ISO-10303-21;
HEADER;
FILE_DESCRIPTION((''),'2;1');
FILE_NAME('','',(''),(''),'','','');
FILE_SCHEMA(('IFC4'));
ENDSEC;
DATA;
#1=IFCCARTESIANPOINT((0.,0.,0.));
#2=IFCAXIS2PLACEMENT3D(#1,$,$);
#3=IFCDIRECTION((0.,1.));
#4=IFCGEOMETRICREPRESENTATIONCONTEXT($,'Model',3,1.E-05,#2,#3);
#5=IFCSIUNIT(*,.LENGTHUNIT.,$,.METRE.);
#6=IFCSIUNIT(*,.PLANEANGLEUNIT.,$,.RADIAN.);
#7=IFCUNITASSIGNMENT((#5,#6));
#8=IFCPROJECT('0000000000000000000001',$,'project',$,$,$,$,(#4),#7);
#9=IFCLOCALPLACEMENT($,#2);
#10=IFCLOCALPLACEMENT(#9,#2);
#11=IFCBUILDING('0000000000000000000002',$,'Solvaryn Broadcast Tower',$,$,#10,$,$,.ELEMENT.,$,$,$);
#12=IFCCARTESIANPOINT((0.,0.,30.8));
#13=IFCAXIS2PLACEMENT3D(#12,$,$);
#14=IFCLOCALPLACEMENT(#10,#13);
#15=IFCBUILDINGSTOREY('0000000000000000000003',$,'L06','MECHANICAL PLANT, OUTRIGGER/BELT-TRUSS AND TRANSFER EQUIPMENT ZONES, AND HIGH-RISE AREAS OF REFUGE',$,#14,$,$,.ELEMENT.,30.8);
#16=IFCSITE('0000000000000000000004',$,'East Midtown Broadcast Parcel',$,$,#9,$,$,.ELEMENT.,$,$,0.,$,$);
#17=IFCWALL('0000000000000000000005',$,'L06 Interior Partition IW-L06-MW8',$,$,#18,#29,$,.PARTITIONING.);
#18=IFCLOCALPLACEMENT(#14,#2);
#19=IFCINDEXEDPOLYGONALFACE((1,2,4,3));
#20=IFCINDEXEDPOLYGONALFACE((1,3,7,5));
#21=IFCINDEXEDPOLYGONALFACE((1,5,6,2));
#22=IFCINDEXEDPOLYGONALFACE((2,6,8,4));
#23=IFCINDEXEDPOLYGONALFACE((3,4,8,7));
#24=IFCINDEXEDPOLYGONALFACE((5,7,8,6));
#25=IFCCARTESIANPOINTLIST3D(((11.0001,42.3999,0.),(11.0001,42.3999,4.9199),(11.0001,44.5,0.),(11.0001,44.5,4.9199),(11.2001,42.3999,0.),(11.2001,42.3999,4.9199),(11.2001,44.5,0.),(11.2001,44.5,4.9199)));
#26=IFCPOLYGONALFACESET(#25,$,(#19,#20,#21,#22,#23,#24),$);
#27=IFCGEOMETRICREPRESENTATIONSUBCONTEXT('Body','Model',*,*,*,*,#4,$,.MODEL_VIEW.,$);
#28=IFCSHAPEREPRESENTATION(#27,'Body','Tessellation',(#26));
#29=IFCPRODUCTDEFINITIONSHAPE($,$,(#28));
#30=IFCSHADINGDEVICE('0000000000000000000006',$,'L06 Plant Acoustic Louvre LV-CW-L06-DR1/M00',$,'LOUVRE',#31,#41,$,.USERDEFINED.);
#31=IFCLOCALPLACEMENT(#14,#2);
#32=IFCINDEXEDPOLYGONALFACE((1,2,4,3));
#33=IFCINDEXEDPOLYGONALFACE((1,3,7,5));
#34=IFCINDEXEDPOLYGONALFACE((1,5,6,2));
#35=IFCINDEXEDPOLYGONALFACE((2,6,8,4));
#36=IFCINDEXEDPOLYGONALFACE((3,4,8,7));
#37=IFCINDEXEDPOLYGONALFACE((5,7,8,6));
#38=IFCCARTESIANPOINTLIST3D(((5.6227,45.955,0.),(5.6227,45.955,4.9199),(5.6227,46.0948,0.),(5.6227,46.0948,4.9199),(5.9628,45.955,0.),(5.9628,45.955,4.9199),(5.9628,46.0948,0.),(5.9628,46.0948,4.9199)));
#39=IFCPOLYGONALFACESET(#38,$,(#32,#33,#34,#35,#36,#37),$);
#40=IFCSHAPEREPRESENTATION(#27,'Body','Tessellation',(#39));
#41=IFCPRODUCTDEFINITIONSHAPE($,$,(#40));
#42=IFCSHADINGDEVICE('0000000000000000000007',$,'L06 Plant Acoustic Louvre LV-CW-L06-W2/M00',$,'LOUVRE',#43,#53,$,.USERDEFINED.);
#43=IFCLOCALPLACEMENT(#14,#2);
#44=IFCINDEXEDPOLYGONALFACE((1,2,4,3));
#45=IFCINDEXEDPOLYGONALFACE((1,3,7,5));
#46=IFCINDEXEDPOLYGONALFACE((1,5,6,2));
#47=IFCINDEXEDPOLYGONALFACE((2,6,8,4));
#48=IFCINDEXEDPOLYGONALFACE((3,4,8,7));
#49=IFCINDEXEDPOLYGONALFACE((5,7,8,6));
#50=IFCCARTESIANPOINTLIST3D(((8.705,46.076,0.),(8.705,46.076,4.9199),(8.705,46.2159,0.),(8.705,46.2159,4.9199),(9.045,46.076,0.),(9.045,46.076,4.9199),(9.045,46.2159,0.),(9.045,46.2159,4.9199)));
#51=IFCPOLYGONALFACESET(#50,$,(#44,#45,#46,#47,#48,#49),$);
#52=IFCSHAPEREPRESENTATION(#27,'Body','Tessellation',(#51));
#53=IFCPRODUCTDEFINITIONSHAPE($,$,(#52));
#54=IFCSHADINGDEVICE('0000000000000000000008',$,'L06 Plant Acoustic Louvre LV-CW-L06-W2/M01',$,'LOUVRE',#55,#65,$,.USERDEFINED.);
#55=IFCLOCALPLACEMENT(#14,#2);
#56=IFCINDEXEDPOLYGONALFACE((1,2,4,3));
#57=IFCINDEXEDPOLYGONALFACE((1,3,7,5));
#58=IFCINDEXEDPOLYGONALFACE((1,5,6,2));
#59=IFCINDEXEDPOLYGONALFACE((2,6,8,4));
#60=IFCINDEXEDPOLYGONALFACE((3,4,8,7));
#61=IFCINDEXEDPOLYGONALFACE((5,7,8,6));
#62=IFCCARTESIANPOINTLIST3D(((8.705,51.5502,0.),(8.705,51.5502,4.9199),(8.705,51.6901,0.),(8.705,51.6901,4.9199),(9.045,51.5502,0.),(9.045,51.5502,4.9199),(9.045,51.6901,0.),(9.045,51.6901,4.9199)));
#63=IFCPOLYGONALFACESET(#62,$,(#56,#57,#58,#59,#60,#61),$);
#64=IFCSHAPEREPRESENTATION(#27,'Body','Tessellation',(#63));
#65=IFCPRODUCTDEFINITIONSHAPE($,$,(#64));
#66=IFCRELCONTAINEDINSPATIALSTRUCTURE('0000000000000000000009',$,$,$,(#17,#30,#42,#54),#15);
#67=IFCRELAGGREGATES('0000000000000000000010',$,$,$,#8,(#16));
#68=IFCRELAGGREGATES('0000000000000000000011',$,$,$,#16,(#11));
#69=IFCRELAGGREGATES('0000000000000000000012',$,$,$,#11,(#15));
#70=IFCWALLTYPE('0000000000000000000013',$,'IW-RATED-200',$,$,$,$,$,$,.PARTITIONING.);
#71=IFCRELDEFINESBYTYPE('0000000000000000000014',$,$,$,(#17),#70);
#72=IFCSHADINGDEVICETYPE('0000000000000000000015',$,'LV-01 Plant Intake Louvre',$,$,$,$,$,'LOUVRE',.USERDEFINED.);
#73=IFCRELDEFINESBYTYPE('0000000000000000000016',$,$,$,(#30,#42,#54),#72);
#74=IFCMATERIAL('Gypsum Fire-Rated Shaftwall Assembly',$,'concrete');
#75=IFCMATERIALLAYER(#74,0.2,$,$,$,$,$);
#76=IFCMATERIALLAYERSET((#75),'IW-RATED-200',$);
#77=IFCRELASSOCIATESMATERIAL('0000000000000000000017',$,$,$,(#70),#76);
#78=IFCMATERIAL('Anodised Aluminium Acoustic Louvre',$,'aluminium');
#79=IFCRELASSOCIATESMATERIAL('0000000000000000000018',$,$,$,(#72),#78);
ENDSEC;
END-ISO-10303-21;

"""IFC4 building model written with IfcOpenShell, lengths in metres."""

from ifc_helpers import new_model, si_unit, direction, frame, frame_2d, origin, origin_2d, place, context, subcontext, project, spatial, rectangle, extrude, material, layer, layer_set, type_object, element, save


model = new_model("IFC4")

# Units and contexts
model_context = context("Model", 3, precision=1e-05, world=origin(), true_north=direction((0.0, 1.0)))
body_context = subcontext(model_context, "Body", "Model", "MODEL_VIEW")
ifc_project = project(units=[si_unit("LENGTHUNIT", "METRE"), si_unit("PLANEANGLEUNIT", "RADIAN")], contexts=[model_context])

# Site, building, storey
site_placement = place(None, origin())
site = spatial("IfcSite", under=ifc_project, at=site_placement, Name="East Midtown Broadcast Parcel", CompositionType="ELEMENT", RefElevation=0.0)
building_placement = place(site_placement, origin())
building = spatial("IfcBuilding", under=site, at=building_placement, Name="Solvaryn Broadcast Tower", CompositionType="ELEMENT")
storey_placement = place(building_placement, frame((0.0, 0.0, 30.8)))
storey = spatial("IfcBuildingStorey", under=building, at=storey_placement, Name="L06", Description="MECHANICAL PLANT, OUTRIGGER/BELT-TRUSS AND TRANSFER EQUIPMENT ZONES, AND HIGH-RISE AREAS OF REFUGE", CompositionType="ELEMENT", Elevation=30.8)

# Wall
ifc_material_1 = material(Name="Gypsum Fire-Rated Shaftwall Assembly", Category="concrete")
ifc_layer_1 = layer(ifc_material_1, 0.2)
ifc_layer_set_1 = layer_set([ifc_layer_1], Name="IW-RATED-200")
wall_type_1 = type_object("IfcWallType", Name="IW-RATED-200", PredefinedType="PARTITIONING", material=ifc_layer_set_1)
wall_1_placement = place(storey_placement, frame((11.1001, 42.3999, 0.0), z_axis=(0.0, 0.0, 1.0), x_axis=(0.0, 1.0, 0.0)))
element("IfcWall", 1, at=wall_1_placement, inside=storey, type_object=wall_type_1, Name="L06 Interior Partition IW-L06-MW8", PredefinedType="PARTITIONING", context=body_context, shape_type="SweptSolid", body=[
    extrude(rectangle(XDim=2.1001, YDim=0.2, at=frame_2d((1.05, 0.0))), origin(), (0.0, 0.0, 1.0), 4.9199),
])

# Shading devices
ifc_material_2 = material(Name="Anodised Aluminium Acoustic Louvre", Category="aluminium")
shading_device_type = type_object("IfcShadingDeviceType", Name="LV-01 Plant Intake Louvre", ElementType="LOUVRE", PredefinedType="USERDEFINED", material=ifc_material_2)
for number, where, z_axis, x_axis, name in (
    (2, (5.7927, 46.0249, 0.0), (0.0, 0.0, 1.0), (1.0, 0.0, 0.0), "L06 Plant Acoustic Louvre LV-CW-L06-DR1/M00"),
    (3, (8.875, 46.146, 0.0), (0.0, 0.0, 1.0), (1.0, 0.0, 0.0), "L06 Plant Acoustic Louvre LV-CW-L06-W2/M00"),
    (4, (8.875, 51.6201, 0.0), (0.0, 0.0, 1.0), (1.0, 0.0, 0.0), "L06 Plant Acoustic Louvre LV-CW-L06-W2/M01"),
):
    element("IfcShadingDevice", number, at=place(storey_placement, frame(where, z_axis=z_axis, x_axis=x_axis)), inside=storey, type_object=shading_device_type, Name=name, ObjectType="LOUVRE", PredefinedType="USERDEFINED", context=body_context, shape_type="SweptSolid", body=[
        extrude(rectangle(XDim=0.3401, YDim=0.1399, at=origin_2d()), origin(), (0.0, 0.0, 1.0), 4.9199),
    ])

save(model, "model.ifc")
